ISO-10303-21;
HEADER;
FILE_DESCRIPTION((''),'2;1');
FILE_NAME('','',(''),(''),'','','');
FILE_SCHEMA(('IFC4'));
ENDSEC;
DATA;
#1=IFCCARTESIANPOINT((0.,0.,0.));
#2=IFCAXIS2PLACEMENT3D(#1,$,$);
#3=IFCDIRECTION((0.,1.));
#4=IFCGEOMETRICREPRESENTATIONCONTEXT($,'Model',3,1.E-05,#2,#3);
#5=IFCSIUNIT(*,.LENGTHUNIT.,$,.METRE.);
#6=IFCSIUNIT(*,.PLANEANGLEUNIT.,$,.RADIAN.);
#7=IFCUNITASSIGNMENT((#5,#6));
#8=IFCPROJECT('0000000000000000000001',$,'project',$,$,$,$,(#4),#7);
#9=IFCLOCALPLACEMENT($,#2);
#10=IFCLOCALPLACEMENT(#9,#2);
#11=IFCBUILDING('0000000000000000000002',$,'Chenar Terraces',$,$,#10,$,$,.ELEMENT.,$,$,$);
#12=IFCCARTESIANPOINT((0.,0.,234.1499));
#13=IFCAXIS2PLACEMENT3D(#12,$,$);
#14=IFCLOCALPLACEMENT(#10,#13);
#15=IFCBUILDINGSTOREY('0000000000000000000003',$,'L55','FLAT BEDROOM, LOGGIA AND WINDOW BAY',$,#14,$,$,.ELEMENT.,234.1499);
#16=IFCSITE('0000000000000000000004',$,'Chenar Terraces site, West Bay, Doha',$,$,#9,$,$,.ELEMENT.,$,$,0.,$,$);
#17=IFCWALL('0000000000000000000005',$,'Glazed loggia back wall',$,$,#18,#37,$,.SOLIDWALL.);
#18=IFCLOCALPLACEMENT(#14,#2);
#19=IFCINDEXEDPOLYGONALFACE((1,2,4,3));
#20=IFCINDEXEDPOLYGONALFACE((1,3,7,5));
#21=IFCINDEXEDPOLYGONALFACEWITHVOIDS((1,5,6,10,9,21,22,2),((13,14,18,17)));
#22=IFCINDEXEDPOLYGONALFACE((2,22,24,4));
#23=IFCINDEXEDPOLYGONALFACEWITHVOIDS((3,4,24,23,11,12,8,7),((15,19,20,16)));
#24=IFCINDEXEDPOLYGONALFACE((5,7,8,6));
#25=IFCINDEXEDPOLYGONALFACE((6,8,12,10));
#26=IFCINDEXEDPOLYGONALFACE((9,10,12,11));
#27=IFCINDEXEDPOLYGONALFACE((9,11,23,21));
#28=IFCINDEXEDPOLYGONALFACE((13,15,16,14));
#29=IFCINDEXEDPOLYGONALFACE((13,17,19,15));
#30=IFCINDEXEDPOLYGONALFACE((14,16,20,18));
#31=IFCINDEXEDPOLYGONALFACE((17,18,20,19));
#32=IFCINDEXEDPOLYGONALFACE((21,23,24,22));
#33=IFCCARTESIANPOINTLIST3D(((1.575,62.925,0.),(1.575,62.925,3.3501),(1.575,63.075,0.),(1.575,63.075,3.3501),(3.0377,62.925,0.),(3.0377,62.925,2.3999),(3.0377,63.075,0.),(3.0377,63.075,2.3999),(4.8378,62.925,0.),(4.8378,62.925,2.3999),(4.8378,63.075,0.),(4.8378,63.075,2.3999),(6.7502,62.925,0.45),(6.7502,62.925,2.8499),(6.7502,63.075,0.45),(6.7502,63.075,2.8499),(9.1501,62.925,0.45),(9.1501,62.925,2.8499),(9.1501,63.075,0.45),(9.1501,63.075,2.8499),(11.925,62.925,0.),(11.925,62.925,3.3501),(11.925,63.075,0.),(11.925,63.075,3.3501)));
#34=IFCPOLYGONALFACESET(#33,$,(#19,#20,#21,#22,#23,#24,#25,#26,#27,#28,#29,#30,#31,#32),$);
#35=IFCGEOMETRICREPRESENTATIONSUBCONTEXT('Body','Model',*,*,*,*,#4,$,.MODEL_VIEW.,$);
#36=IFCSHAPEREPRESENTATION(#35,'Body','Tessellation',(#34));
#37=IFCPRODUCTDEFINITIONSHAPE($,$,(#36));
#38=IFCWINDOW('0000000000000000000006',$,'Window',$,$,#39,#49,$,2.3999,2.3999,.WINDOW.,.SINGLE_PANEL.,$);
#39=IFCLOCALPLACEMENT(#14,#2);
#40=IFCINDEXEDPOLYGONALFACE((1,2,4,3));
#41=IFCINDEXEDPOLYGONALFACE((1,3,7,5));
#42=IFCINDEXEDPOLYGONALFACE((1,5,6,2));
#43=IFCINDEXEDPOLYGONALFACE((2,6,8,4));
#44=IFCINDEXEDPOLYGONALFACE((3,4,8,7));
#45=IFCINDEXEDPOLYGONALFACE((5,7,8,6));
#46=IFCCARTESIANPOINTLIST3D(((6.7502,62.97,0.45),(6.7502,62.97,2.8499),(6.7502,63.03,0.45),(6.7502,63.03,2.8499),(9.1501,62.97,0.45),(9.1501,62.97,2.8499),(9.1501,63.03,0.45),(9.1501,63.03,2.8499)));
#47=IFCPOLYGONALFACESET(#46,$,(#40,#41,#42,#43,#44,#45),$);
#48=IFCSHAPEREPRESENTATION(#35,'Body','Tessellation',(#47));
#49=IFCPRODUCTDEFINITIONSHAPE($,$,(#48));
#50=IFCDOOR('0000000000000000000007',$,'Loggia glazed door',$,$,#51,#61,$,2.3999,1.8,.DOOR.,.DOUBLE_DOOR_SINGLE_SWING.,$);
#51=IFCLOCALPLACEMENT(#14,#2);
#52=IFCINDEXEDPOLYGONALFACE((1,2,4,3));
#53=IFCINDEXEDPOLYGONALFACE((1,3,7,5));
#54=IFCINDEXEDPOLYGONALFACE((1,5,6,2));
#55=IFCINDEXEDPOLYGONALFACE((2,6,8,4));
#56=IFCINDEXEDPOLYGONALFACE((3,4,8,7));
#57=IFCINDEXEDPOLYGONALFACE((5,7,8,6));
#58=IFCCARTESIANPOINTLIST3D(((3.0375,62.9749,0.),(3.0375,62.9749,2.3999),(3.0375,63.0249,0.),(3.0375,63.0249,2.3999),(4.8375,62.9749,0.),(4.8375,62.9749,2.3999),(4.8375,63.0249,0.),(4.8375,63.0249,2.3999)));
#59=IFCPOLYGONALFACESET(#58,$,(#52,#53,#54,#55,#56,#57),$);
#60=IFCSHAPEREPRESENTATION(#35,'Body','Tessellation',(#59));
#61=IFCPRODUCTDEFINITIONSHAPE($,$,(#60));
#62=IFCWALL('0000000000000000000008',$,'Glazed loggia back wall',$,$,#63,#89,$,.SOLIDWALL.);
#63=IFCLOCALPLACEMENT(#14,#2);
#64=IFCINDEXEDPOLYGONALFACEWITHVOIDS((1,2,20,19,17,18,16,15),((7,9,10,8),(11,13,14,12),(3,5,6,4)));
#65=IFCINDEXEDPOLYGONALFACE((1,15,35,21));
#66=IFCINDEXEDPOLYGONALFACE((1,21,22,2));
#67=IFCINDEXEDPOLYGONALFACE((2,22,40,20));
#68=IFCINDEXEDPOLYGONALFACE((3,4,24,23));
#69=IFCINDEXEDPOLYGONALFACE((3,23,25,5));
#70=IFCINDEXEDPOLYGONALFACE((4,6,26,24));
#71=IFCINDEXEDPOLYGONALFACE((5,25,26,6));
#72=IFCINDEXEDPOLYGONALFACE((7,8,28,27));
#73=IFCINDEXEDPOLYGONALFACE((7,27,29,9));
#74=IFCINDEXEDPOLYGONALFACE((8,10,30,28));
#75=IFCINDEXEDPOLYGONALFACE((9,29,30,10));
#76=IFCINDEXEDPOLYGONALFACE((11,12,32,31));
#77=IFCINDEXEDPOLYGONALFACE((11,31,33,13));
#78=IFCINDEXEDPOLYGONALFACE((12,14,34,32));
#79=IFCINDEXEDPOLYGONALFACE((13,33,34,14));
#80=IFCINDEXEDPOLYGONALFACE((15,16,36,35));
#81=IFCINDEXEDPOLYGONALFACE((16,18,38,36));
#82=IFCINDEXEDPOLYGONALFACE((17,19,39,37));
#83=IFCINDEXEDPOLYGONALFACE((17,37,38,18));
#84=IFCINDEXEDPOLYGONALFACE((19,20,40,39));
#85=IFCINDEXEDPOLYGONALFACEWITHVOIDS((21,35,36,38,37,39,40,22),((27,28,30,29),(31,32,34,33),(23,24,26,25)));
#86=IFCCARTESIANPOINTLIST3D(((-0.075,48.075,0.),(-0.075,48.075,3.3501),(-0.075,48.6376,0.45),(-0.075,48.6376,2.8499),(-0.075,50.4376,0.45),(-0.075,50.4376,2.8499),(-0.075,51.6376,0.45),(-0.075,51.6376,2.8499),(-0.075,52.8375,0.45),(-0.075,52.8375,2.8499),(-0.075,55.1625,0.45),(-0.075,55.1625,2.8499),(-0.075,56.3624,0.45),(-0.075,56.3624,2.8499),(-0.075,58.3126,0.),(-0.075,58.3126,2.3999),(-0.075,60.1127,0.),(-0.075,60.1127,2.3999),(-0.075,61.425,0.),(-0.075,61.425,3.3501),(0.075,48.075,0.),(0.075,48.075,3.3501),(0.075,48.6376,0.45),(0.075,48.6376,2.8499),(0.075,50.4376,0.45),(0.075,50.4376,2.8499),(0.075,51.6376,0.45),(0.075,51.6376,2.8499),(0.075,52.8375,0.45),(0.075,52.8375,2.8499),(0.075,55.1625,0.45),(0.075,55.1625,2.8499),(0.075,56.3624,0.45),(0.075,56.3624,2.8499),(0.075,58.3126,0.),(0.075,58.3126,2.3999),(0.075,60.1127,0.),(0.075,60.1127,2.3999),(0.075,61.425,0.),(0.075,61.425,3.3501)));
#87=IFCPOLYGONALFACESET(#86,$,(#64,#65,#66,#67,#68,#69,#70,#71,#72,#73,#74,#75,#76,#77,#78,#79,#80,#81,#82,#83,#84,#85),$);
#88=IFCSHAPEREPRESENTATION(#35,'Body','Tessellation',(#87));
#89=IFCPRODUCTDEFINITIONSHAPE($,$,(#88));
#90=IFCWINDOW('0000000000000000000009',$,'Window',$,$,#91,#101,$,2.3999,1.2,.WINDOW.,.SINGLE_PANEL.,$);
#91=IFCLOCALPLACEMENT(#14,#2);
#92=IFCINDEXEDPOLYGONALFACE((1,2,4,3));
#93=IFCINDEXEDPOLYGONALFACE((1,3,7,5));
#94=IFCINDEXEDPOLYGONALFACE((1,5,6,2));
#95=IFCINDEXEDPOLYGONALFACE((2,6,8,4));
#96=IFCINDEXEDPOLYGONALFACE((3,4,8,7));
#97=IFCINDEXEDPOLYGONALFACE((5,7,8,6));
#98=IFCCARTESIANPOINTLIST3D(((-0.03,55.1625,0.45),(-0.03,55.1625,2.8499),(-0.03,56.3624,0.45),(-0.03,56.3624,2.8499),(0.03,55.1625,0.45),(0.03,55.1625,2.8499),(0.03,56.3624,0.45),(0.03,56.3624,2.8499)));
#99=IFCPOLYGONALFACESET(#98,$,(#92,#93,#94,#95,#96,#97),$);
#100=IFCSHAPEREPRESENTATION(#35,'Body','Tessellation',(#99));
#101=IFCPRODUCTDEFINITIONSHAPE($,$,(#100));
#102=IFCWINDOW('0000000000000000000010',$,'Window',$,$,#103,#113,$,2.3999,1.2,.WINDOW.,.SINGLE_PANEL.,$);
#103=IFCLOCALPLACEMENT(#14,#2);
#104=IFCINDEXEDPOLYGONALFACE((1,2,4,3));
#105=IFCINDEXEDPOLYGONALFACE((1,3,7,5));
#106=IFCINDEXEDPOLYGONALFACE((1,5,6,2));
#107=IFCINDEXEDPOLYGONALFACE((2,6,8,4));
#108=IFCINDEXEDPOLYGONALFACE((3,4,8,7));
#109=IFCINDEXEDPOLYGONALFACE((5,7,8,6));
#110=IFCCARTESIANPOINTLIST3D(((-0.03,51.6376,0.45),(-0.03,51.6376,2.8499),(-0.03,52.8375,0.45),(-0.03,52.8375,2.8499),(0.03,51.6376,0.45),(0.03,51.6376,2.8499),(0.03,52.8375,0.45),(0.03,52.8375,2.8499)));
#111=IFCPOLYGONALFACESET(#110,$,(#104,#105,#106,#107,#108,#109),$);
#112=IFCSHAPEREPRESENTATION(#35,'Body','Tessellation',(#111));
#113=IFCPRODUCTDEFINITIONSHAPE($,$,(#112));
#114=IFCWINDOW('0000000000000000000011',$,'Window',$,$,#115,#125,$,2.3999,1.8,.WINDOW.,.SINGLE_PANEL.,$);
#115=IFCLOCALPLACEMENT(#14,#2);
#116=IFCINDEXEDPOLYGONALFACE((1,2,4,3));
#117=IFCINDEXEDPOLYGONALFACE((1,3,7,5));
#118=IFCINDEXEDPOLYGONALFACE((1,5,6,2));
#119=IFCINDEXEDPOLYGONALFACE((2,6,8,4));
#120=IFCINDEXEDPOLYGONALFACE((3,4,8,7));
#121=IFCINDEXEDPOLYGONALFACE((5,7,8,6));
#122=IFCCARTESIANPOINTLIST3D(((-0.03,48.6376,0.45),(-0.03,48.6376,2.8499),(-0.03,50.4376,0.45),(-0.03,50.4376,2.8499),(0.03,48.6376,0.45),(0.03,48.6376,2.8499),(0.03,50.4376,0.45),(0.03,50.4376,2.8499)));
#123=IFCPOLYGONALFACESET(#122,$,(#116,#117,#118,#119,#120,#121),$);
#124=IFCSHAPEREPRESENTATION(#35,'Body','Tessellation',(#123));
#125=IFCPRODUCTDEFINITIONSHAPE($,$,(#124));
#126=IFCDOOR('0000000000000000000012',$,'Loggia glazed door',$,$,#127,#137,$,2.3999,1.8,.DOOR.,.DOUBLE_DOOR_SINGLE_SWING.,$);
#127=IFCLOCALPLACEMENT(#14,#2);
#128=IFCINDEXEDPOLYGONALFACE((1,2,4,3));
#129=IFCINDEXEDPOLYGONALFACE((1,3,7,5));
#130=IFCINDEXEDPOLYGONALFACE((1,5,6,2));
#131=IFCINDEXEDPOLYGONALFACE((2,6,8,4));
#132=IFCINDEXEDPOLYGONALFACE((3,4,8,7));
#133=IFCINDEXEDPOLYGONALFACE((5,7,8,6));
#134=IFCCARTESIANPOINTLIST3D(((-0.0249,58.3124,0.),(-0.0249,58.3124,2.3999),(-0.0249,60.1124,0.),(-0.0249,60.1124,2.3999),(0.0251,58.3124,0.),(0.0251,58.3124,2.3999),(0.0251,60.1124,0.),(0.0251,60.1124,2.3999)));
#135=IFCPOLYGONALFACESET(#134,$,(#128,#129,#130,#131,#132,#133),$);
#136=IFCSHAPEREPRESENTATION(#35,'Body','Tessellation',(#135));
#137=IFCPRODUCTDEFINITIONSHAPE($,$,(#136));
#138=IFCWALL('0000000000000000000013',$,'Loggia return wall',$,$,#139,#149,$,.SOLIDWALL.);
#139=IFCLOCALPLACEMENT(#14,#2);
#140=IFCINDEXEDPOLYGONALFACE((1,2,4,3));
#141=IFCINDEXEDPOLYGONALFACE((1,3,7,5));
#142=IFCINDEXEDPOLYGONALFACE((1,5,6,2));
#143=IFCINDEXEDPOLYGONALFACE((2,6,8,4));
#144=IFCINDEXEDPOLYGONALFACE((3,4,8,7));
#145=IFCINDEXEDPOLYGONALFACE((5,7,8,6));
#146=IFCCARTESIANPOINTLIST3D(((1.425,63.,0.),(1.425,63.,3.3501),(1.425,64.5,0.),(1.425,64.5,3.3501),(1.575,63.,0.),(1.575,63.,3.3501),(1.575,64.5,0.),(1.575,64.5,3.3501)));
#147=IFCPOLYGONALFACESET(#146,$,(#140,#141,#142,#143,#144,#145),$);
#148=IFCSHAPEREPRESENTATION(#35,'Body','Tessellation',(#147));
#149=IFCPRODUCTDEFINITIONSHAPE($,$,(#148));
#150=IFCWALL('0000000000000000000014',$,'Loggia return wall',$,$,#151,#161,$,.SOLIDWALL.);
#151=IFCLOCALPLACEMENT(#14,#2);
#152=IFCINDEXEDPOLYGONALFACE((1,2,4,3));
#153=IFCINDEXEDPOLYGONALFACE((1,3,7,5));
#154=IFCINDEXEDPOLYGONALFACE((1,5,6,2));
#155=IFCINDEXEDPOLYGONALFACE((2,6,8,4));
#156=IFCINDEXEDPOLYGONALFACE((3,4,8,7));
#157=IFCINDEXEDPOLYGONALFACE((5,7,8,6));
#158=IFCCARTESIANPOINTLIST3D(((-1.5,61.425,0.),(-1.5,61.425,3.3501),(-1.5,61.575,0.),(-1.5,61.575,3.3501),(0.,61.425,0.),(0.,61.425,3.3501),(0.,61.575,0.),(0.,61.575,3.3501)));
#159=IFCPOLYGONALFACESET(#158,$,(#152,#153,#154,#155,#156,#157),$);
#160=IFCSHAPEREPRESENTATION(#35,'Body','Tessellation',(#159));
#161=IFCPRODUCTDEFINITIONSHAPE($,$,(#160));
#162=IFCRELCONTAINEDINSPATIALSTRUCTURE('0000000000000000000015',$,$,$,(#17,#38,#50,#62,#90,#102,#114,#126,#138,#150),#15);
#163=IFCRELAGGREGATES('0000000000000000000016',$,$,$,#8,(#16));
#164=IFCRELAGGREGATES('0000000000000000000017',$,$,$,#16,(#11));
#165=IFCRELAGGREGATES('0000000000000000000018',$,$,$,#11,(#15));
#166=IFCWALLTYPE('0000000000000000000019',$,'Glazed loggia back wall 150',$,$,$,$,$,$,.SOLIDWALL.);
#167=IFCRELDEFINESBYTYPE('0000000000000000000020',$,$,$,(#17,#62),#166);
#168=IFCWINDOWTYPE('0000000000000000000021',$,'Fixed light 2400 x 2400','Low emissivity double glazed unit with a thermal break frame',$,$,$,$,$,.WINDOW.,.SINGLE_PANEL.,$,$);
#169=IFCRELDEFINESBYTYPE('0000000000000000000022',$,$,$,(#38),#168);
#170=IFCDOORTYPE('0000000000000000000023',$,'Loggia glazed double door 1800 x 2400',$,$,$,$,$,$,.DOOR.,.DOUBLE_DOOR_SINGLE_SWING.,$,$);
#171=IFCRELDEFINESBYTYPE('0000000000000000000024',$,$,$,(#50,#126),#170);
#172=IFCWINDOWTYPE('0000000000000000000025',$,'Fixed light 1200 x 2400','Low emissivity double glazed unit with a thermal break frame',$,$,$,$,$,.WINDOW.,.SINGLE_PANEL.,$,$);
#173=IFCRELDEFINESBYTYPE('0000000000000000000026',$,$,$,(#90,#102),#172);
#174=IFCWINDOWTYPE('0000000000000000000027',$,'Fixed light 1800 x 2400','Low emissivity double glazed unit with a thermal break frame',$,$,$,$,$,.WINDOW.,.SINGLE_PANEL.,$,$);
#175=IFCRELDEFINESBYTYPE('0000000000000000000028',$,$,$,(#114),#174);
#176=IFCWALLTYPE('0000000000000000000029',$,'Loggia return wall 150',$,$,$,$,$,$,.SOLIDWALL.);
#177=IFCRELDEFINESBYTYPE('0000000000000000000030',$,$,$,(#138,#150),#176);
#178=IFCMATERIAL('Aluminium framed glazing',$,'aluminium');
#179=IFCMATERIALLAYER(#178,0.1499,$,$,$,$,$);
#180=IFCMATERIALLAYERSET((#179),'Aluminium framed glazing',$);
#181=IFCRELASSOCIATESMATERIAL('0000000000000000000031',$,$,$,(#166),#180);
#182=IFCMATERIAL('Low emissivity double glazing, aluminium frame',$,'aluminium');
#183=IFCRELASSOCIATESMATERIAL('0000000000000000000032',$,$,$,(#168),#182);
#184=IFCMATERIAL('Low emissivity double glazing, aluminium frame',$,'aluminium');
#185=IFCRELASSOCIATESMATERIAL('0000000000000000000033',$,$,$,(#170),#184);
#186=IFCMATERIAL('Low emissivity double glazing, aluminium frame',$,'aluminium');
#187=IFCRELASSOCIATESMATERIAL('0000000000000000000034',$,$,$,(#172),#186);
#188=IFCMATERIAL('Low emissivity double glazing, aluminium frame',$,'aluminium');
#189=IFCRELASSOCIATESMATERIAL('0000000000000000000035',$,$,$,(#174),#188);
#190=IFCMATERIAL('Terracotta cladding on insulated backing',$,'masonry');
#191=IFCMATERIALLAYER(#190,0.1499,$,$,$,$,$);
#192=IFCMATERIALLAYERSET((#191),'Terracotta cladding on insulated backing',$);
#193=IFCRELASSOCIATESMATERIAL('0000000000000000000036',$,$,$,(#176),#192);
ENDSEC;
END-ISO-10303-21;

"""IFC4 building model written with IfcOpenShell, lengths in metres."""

from ifc_helpers import new_model, si_unit, direction, frame, frame_2d, origin, place, context, subcontext, project, spatial, rectangle, extrude, material, layer, layer_set, type_object, element, fill, save


model = new_model("IFC4")

# Units and contexts
model_context = context("Model", 3, precision=1e-05, world=origin(), true_north=direction((0.0, 1.0)))
body_context = subcontext(model_context, "Body", "Model", "MODEL_VIEW")
ifc_project = project(units=[si_unit("LENGTHUNIT", "METRE"), si_unit("PLANEANGLEUNIT", "RADIAN")], contexts=[model_context])

# Site, building, storey
site_placement = place(None, origin())
site = spatial("IfcSite", under=ifc_project, at=site_placement, Name="Chenar Terraces site, West Bay, Doha", CompositionType="ELEMENT", RefElevation=0.0)
building_placement = place(site_placement, origin())
building = spatial("IfcBuilding", under=site, at=building_placement, Name="Chenar Terraces", CompositionType="ELEMENT")
storey_placement = place(building_placement, frame((0.0, 0.0, 234.1499)))
storey = spatial("IfcBuildingStorey", under=building, at=storey_placement, Name="L55", Description="FLAT BEDROOM, LOGGIA AND WINDOW BAY", CompositionType="ELEMENT", Elevation=234.1499)

# Wall, openings, window, door
ifc_material_1 = material(Name="Aluminium framed glazing", Category="aluminium")
ifc_layer_1 = layer(ifc_material_1, 0.1499)
ifc_layer_set_1 = layer_set([ifc_layer_1], Name="Aluminium framed glazing")
wall_type_1 = type_object("IfcWallType", Name="Glazed loggia back wall 150", PredefinedType="SOLIDWALL", material=ifc_layer_set_1)
wall_1_placement = place(storey_placement, frame((11.925, 63.0, 0.0), z_axis=(0.0, 0.0, 1.0), x_axis=(-1.0, 0.0, 0.0)))
wall_1 = element("IfcWall", 1, at=wall_1_placement, inside=storey, type_object=wall_type_1, Name="Glazed loggia back wall", PredefinedType="SOLIDWALL", context=body_context, shape_type="SweptSolid", body=[
    extrude(rectangle(XDim=10.3501, YDim=0.1499, at=frame_2d((5.175, 0.0))), origin(), (0.0, 0.0, 1.0), 3.3501),
])
opening_1_placement = place(wall_1_placement, frame((2.7749, 0.0, 0.45)))
opening_1 = element("IfcOpeningElement", 2, at=opening_1_placement, cuts=wall_1, PredefinedType="OPENING", context=body_context, shape_type="SweptSolid", body=[
    extrude(rectangle(XDim=2.3999, YDim=2.3999, at=frame_2d((1.2, 1.2))), frame((0.0, 0.085, 0.0), z_axis=(0.0, -1.0, 0.0), x_axis=(1.0, 0.0, 0.0)), (0.0, 0.0, 1.0), 0.1699),
])
opening_2_placement = place(wall_1_placement, frame((7.0874, 0.0, 0.0)))
opening_2 = element("IfcOpeningElement", 3, at=opening_2_placement, cuts=wall_1, PredefinedType="OPENING", context=body_context, shape_type="SweptSolid", body=[
    extrude(rectangle(XDim=1.8, YDim=2.3999, at=frame_2d((0.8999, 1.2))), frame((0.0, 0.085, 0.0), z_axis=(0.0, -1.0, 0.0), x_axis=(1.0, 0.0, 0.0)), (0.0, 0.0, 1.0), 0.1699),
])
ifc_material_2 = material(Name="Low emissivity double glazing, aluminium frame", Category="aluminium")
window_type_1 = type_object("IfcWindowType", Name="Fixed light 2400 x 2400", Description="Low emissivity double glazed unit with a thermal break frame", PartitioningType="SINGLE_PANEL", PredefinedType="WINDOW", material=ifc_material_2)
window_1_placement = place(opening_1_placement, origin())
window_1 = element("IfcWindow", 4, at=window_1_placement, inside=storey, type_object=window_type_1, Name="Window", OverallHeight=2.3999, OverallWidth=2.3999, PartitioningType="SINGLE_PANEL", PredefinedType="WINDOW", context=body_context, shape_type="SweptSolid", body=[
    extrude(rectangle(XDim=2.3999, YDim=2.3999, at=frame_2d((1.2, 1.2))), frame((0.0, 0.03, 0.0), z_axis=(0.0, -1.0, 0.0), x_axis=(1.0, 0.0, 0.0)), (0.0, 0.0, 1.0), 0.0601),
])
fill(opening_1, window_1)
ifc_material_3 = material(Name="Low emissivity double glazing, aluminium frame", Category="aluminium")
door_type = type_object("IfcDoorType", Name="Loggia glazed double door 1800 x 2400", OperationType="DOUBLE_DOOR_SINGLE_SWING", PredefinedType="DOOR", material=ifc_material_3)
door_1_placement = place(opening_2_placement, frame((1.8, 0.0, 0.0), z_axis=(0.0, 0.0, 1.0), x_axis=(-1.0, 0.0, 0.0)))
door_1 = element("IfcDoor", 5, at=door_1_placement, inside=storey, type_object=door_type, Name="Loggia glazed door", OperationType="DOUBLE_DOOR_SINGLE_SWING", OverallHeight=2.3999, OverallWidth=1.8, PredefinedType="DOOR", context=body_context, shape_type="SweptSolid", body=[
    extrude(rectangle(XDim=1.8, YDim=2.3999, at=frame_2d((0.8999, 1.2))), frame((0.0, 0.0249, 0.0), z_axis=(0.0, -1.0, 0.0), x_axis=(1.0, 0.0, 0.0)), (0.0, 0.0, 1.0), 0.05),
])
fill(opening_2, door_1)

# Wall, openings, windows, door
wall_2_placement = place(storey_placement, frame((0.0, 61.425, 0.0), z_axis=(0.0, 0.0, 1.0), x_axis=(0.0, -1.0, 0.0)))
wall_2 = element("IfcWall", 6, at=wall_2_placement, inside=storey, type_object=wall_type_1, Name="Glazed loggia back wall", PredefinedType="SOLIDWALL", context=body_context, shape_type="SweptSolid", body=[
    extrude(rectangle(XDim=13.3501, YDim=0.1499, at=frame_2d((6.675, 0.0))), origin(), (0.0, 0.0, 1.0), 3.3501),
])
opening_3_placement = place(wall_2_placement, frame((1.3125, 0.0, 0.0)))
opening_3 = element("IfcOpeningElement", 7, at=opening_3_placement, cuts=wall_2, PredefinedType="OPENING", context=body_context, shape_type="SweptSolid", body=[
    extrude(rectangle(XDim=1.8, YDim=2.3999, at=frame_2d((0.8999, 1.2))), frame((0.0, 0.085, 0.0), z_axis=(0.0, -1.0, 0.0), x_axis=(1.0, 0.0, 0.0)), (0.0, 0.0, 1.0), 0.1699),
])
opening_4_placement = place(wall_2_placement, frame((5.0625, 0.0, 0.45)))
opening_4 = element("IfcOpeningElement", 8, at=opening_4_placement, cuts=wall_2, PredefinedType="OPENING", context=body_context, shape_type="SweptSolid", body=[
    extrude(rectangle(XDim=1.2, YDim=2.3999, at=frame_2d((0.6001, 1.2))), frame((0.0, 0.085, 0.0), z_axis=(0.0, -1.0, 0.0), x_axis=(1.0, 0.0, 0.0)), (0.0, 0.0, 1.0), 0.1699),
])
opening_5_placement = place(wall_2_placement, frame((8.5874, 0.0, 0.45)))
opening_5 = element("IfcOpeningElement", 9, at=opening_5_placement, cuts=wall_2, PredefinedType="OPENING", context=body_context, shape_type="SweptSolid", body=[
    extrude(rectangle(XDim=1.2, YDim=2.3999, at=frame_2d((0.6001, 1.2))), frame((0.0, 0.085, 0.0), z_axis=(0.0, -1.0, 0.0), x_axis=(1.0, 0.0, 0.0)), (0.0, 0.0, 1.0), 0.1699),
])
opening_6_placement = place(wall_2_placement, frame((10.9875, 0.0, 0.45)))
opening_6 = element("IfcOpeningElement", 10, at=opening_6_placement, cuts=wall_2, PredefinedType="OPENING", context=body_context, shape_type="SweptSolid", body=[
    extrude(rectangle(XDim=1.8, YDim=2.3999, at=frame_2d((0.8999, 1.2))), frame((0.0, 0.085, 0.0), z_axis=(0.0, -1.0, 0.0), x_axis=(1.0, 0.0, 0.0)), (0.0, 0.0, 1.0), 0.1699),
])
ifc_material_4 = material(Name="Low emissivity double glazing, aluminium frame", Category="aluminium")
window_type_2 = type_object("IfcWindowType", Name="Fixed light 1200 x 2400", Description="Low emissivity double glazed unit with a thermal break frame", PartitioningType="SINGLE_PANEL", PredefinedType="WINDOW", material=ifc_material_4)
window_2_placement = place(opening_4_placement, origin())
window_2 = element("IfcWindow", 11, at=window_2_placement, inside=storey, type_object=window_type_2, Name="Window", OverallHeight=2.3999, OverallWidth=1.2, PartitioningType="SINGLE_PANEL", PredefinedType="WINDOW", context=body_context, shape_type="SweptSolid", body=[
    extrude(rectangle(XDim=1.2, YDim=2.3999, at=frame_2d((0.6001, 1.2))), frame((0.0, 0.03, 0.0), z_axis=(0.0, -1.0, 0.0), x_axis=(1.0, 0.0, 0.0)), (0.0, 0.0, 1.0), 0.0601),
])
fill(opening_4, window_2)
window_3_placement = place(opening_5_placement, origin())
window_3 = element("IfcWindow", 12, at=window_3_placement, inside=storey, type_object=window_type_2, Name="Window", OverallHeight=2.3999, OverallWidth=1.2, PartitioningType="SINGLE_PANEL", PredefinedType="WINDOW", context=body_context, shape_type="SweptSolid", body=[
    extrude(rectangle(XDim=1.2, YDim=2.3999, at=frame_2d((0.6001, 1.2))), frame((0.0, 0.03, 0.0), z_axis=(0.0, -1.0, 0.0), x_axis=(1.0, 0.0, 0.0)), (0.0, 0.0, 1.0), 0.0601),
])
fill(opening_5, window_3)
ifc_material_5 = material(Name="Low emissivity double glazing, aluminium frame", Category="aluminium")
window_type_3 = type_object("IfcWindowType", Name="Fixed light 1800 x 2400", Description="Low emissivity double glazed unit with a thermal break frame", PartitioningType="SINGLE_PANEL", PredefinedType="WINDOW", material=ifc_material_5)
window_4_placement = place(opening_6_placement, origin())
window_4 = element("IfcWindow", 13, at=window_4_placement, inside=storey, type_object=window_type_3, Name="Window", OverallHeight=2.3999, OverallWidth=1.8, PartitioningType="SINGLE_PANEL", PredefinedType="WINDOW", context=body_context, shape_type="SweptSolid", body=[
    extrude(rectangle(XDim=1.8, YDim=2.3999, at=frame_2d((0.8999, 1.2))), frame((0.0, 0.03, 0.0), z_axis=(0.0, -1.0, 0.0), x_axis=(1.0, 0.0, 0.0)), (0.0, 0.0, 1.0), 0.0601),
])
fill(opening_6, window_4)
door_2_placement = place(opening_3_placement, frame((1.8, 0.0, 0.0), z_axis=(0.0, 0.0, 1.0), x_axis=(-1.0, 0.0, 0.0)))
door_2 = element("IfcDoor", 14, at=door_2_placement, inside=storey, type_object=door_type, Name="Loggia glazed door", OperationType="DOUBLE_DOOR_SINGLE_SWING", OverallHeight=2.3999, OverallWidth=1.8, PredefinedType="DOOR", context=body_context, shape_type="SweptSolid", body=[
    extrude(rectangle(XDim=1.8, YDim=2.3999, at=frame_2d((0.8999, 1.2))), frame((0.0, 0.0249, 0.0), z_axis=(0.0, -1.0, 0.0), x_axis=(1.0, 0.0, 0.0)), (0.0, 0.0, 1.0), 0.05),
])
fill(opening_3, door_2)

# Walls
ifc_material_6 = material(Name="Terracotta cladding on insulated backing", Category="masonry")
ifc_layer_2 = layer(ifc_material_6, 0.1499)
ifc_layer_set_2 = layer_set([ifc_layer_2], Name="Terracotta cladding on insulated backing")
wall_type_2 = type_object("IfcWallType", Name="Loggia return wall 150", PredefinedType="SOLIDWALL", material=ifc_layer_set_2)
for number, where, z_axis, x_axis, name in (
    (15, (1.5, 64.5, 0.0), (0.0, 0.0, 1.0), (0.0, -1.0, 0.0), "Loggia return wall"),
    (16, (-1.5, 61.5, 0.0), (0.0, 0.0, 1.0), (1.0, 0.0, 0.0), "Loggia return wall"),
):
    element("IfcWall", number, at=place(storey_placement, frame(where, z_axis=z_axis, x_axis=x_axis)), inside=storey, type_object=wall_type_2, Name=name, PredefinedType="SOLIDWALL", context=body_context, shape_type="SweptSolid", body=[
        extrude(rectangle(XDim=1.5, YDim=0.1499, at=frame_2d((0.75, 0.0))), origin(), (0.0, 0.0, 1.0), 3.3501),
    ])

save(model, "model.ifc")
